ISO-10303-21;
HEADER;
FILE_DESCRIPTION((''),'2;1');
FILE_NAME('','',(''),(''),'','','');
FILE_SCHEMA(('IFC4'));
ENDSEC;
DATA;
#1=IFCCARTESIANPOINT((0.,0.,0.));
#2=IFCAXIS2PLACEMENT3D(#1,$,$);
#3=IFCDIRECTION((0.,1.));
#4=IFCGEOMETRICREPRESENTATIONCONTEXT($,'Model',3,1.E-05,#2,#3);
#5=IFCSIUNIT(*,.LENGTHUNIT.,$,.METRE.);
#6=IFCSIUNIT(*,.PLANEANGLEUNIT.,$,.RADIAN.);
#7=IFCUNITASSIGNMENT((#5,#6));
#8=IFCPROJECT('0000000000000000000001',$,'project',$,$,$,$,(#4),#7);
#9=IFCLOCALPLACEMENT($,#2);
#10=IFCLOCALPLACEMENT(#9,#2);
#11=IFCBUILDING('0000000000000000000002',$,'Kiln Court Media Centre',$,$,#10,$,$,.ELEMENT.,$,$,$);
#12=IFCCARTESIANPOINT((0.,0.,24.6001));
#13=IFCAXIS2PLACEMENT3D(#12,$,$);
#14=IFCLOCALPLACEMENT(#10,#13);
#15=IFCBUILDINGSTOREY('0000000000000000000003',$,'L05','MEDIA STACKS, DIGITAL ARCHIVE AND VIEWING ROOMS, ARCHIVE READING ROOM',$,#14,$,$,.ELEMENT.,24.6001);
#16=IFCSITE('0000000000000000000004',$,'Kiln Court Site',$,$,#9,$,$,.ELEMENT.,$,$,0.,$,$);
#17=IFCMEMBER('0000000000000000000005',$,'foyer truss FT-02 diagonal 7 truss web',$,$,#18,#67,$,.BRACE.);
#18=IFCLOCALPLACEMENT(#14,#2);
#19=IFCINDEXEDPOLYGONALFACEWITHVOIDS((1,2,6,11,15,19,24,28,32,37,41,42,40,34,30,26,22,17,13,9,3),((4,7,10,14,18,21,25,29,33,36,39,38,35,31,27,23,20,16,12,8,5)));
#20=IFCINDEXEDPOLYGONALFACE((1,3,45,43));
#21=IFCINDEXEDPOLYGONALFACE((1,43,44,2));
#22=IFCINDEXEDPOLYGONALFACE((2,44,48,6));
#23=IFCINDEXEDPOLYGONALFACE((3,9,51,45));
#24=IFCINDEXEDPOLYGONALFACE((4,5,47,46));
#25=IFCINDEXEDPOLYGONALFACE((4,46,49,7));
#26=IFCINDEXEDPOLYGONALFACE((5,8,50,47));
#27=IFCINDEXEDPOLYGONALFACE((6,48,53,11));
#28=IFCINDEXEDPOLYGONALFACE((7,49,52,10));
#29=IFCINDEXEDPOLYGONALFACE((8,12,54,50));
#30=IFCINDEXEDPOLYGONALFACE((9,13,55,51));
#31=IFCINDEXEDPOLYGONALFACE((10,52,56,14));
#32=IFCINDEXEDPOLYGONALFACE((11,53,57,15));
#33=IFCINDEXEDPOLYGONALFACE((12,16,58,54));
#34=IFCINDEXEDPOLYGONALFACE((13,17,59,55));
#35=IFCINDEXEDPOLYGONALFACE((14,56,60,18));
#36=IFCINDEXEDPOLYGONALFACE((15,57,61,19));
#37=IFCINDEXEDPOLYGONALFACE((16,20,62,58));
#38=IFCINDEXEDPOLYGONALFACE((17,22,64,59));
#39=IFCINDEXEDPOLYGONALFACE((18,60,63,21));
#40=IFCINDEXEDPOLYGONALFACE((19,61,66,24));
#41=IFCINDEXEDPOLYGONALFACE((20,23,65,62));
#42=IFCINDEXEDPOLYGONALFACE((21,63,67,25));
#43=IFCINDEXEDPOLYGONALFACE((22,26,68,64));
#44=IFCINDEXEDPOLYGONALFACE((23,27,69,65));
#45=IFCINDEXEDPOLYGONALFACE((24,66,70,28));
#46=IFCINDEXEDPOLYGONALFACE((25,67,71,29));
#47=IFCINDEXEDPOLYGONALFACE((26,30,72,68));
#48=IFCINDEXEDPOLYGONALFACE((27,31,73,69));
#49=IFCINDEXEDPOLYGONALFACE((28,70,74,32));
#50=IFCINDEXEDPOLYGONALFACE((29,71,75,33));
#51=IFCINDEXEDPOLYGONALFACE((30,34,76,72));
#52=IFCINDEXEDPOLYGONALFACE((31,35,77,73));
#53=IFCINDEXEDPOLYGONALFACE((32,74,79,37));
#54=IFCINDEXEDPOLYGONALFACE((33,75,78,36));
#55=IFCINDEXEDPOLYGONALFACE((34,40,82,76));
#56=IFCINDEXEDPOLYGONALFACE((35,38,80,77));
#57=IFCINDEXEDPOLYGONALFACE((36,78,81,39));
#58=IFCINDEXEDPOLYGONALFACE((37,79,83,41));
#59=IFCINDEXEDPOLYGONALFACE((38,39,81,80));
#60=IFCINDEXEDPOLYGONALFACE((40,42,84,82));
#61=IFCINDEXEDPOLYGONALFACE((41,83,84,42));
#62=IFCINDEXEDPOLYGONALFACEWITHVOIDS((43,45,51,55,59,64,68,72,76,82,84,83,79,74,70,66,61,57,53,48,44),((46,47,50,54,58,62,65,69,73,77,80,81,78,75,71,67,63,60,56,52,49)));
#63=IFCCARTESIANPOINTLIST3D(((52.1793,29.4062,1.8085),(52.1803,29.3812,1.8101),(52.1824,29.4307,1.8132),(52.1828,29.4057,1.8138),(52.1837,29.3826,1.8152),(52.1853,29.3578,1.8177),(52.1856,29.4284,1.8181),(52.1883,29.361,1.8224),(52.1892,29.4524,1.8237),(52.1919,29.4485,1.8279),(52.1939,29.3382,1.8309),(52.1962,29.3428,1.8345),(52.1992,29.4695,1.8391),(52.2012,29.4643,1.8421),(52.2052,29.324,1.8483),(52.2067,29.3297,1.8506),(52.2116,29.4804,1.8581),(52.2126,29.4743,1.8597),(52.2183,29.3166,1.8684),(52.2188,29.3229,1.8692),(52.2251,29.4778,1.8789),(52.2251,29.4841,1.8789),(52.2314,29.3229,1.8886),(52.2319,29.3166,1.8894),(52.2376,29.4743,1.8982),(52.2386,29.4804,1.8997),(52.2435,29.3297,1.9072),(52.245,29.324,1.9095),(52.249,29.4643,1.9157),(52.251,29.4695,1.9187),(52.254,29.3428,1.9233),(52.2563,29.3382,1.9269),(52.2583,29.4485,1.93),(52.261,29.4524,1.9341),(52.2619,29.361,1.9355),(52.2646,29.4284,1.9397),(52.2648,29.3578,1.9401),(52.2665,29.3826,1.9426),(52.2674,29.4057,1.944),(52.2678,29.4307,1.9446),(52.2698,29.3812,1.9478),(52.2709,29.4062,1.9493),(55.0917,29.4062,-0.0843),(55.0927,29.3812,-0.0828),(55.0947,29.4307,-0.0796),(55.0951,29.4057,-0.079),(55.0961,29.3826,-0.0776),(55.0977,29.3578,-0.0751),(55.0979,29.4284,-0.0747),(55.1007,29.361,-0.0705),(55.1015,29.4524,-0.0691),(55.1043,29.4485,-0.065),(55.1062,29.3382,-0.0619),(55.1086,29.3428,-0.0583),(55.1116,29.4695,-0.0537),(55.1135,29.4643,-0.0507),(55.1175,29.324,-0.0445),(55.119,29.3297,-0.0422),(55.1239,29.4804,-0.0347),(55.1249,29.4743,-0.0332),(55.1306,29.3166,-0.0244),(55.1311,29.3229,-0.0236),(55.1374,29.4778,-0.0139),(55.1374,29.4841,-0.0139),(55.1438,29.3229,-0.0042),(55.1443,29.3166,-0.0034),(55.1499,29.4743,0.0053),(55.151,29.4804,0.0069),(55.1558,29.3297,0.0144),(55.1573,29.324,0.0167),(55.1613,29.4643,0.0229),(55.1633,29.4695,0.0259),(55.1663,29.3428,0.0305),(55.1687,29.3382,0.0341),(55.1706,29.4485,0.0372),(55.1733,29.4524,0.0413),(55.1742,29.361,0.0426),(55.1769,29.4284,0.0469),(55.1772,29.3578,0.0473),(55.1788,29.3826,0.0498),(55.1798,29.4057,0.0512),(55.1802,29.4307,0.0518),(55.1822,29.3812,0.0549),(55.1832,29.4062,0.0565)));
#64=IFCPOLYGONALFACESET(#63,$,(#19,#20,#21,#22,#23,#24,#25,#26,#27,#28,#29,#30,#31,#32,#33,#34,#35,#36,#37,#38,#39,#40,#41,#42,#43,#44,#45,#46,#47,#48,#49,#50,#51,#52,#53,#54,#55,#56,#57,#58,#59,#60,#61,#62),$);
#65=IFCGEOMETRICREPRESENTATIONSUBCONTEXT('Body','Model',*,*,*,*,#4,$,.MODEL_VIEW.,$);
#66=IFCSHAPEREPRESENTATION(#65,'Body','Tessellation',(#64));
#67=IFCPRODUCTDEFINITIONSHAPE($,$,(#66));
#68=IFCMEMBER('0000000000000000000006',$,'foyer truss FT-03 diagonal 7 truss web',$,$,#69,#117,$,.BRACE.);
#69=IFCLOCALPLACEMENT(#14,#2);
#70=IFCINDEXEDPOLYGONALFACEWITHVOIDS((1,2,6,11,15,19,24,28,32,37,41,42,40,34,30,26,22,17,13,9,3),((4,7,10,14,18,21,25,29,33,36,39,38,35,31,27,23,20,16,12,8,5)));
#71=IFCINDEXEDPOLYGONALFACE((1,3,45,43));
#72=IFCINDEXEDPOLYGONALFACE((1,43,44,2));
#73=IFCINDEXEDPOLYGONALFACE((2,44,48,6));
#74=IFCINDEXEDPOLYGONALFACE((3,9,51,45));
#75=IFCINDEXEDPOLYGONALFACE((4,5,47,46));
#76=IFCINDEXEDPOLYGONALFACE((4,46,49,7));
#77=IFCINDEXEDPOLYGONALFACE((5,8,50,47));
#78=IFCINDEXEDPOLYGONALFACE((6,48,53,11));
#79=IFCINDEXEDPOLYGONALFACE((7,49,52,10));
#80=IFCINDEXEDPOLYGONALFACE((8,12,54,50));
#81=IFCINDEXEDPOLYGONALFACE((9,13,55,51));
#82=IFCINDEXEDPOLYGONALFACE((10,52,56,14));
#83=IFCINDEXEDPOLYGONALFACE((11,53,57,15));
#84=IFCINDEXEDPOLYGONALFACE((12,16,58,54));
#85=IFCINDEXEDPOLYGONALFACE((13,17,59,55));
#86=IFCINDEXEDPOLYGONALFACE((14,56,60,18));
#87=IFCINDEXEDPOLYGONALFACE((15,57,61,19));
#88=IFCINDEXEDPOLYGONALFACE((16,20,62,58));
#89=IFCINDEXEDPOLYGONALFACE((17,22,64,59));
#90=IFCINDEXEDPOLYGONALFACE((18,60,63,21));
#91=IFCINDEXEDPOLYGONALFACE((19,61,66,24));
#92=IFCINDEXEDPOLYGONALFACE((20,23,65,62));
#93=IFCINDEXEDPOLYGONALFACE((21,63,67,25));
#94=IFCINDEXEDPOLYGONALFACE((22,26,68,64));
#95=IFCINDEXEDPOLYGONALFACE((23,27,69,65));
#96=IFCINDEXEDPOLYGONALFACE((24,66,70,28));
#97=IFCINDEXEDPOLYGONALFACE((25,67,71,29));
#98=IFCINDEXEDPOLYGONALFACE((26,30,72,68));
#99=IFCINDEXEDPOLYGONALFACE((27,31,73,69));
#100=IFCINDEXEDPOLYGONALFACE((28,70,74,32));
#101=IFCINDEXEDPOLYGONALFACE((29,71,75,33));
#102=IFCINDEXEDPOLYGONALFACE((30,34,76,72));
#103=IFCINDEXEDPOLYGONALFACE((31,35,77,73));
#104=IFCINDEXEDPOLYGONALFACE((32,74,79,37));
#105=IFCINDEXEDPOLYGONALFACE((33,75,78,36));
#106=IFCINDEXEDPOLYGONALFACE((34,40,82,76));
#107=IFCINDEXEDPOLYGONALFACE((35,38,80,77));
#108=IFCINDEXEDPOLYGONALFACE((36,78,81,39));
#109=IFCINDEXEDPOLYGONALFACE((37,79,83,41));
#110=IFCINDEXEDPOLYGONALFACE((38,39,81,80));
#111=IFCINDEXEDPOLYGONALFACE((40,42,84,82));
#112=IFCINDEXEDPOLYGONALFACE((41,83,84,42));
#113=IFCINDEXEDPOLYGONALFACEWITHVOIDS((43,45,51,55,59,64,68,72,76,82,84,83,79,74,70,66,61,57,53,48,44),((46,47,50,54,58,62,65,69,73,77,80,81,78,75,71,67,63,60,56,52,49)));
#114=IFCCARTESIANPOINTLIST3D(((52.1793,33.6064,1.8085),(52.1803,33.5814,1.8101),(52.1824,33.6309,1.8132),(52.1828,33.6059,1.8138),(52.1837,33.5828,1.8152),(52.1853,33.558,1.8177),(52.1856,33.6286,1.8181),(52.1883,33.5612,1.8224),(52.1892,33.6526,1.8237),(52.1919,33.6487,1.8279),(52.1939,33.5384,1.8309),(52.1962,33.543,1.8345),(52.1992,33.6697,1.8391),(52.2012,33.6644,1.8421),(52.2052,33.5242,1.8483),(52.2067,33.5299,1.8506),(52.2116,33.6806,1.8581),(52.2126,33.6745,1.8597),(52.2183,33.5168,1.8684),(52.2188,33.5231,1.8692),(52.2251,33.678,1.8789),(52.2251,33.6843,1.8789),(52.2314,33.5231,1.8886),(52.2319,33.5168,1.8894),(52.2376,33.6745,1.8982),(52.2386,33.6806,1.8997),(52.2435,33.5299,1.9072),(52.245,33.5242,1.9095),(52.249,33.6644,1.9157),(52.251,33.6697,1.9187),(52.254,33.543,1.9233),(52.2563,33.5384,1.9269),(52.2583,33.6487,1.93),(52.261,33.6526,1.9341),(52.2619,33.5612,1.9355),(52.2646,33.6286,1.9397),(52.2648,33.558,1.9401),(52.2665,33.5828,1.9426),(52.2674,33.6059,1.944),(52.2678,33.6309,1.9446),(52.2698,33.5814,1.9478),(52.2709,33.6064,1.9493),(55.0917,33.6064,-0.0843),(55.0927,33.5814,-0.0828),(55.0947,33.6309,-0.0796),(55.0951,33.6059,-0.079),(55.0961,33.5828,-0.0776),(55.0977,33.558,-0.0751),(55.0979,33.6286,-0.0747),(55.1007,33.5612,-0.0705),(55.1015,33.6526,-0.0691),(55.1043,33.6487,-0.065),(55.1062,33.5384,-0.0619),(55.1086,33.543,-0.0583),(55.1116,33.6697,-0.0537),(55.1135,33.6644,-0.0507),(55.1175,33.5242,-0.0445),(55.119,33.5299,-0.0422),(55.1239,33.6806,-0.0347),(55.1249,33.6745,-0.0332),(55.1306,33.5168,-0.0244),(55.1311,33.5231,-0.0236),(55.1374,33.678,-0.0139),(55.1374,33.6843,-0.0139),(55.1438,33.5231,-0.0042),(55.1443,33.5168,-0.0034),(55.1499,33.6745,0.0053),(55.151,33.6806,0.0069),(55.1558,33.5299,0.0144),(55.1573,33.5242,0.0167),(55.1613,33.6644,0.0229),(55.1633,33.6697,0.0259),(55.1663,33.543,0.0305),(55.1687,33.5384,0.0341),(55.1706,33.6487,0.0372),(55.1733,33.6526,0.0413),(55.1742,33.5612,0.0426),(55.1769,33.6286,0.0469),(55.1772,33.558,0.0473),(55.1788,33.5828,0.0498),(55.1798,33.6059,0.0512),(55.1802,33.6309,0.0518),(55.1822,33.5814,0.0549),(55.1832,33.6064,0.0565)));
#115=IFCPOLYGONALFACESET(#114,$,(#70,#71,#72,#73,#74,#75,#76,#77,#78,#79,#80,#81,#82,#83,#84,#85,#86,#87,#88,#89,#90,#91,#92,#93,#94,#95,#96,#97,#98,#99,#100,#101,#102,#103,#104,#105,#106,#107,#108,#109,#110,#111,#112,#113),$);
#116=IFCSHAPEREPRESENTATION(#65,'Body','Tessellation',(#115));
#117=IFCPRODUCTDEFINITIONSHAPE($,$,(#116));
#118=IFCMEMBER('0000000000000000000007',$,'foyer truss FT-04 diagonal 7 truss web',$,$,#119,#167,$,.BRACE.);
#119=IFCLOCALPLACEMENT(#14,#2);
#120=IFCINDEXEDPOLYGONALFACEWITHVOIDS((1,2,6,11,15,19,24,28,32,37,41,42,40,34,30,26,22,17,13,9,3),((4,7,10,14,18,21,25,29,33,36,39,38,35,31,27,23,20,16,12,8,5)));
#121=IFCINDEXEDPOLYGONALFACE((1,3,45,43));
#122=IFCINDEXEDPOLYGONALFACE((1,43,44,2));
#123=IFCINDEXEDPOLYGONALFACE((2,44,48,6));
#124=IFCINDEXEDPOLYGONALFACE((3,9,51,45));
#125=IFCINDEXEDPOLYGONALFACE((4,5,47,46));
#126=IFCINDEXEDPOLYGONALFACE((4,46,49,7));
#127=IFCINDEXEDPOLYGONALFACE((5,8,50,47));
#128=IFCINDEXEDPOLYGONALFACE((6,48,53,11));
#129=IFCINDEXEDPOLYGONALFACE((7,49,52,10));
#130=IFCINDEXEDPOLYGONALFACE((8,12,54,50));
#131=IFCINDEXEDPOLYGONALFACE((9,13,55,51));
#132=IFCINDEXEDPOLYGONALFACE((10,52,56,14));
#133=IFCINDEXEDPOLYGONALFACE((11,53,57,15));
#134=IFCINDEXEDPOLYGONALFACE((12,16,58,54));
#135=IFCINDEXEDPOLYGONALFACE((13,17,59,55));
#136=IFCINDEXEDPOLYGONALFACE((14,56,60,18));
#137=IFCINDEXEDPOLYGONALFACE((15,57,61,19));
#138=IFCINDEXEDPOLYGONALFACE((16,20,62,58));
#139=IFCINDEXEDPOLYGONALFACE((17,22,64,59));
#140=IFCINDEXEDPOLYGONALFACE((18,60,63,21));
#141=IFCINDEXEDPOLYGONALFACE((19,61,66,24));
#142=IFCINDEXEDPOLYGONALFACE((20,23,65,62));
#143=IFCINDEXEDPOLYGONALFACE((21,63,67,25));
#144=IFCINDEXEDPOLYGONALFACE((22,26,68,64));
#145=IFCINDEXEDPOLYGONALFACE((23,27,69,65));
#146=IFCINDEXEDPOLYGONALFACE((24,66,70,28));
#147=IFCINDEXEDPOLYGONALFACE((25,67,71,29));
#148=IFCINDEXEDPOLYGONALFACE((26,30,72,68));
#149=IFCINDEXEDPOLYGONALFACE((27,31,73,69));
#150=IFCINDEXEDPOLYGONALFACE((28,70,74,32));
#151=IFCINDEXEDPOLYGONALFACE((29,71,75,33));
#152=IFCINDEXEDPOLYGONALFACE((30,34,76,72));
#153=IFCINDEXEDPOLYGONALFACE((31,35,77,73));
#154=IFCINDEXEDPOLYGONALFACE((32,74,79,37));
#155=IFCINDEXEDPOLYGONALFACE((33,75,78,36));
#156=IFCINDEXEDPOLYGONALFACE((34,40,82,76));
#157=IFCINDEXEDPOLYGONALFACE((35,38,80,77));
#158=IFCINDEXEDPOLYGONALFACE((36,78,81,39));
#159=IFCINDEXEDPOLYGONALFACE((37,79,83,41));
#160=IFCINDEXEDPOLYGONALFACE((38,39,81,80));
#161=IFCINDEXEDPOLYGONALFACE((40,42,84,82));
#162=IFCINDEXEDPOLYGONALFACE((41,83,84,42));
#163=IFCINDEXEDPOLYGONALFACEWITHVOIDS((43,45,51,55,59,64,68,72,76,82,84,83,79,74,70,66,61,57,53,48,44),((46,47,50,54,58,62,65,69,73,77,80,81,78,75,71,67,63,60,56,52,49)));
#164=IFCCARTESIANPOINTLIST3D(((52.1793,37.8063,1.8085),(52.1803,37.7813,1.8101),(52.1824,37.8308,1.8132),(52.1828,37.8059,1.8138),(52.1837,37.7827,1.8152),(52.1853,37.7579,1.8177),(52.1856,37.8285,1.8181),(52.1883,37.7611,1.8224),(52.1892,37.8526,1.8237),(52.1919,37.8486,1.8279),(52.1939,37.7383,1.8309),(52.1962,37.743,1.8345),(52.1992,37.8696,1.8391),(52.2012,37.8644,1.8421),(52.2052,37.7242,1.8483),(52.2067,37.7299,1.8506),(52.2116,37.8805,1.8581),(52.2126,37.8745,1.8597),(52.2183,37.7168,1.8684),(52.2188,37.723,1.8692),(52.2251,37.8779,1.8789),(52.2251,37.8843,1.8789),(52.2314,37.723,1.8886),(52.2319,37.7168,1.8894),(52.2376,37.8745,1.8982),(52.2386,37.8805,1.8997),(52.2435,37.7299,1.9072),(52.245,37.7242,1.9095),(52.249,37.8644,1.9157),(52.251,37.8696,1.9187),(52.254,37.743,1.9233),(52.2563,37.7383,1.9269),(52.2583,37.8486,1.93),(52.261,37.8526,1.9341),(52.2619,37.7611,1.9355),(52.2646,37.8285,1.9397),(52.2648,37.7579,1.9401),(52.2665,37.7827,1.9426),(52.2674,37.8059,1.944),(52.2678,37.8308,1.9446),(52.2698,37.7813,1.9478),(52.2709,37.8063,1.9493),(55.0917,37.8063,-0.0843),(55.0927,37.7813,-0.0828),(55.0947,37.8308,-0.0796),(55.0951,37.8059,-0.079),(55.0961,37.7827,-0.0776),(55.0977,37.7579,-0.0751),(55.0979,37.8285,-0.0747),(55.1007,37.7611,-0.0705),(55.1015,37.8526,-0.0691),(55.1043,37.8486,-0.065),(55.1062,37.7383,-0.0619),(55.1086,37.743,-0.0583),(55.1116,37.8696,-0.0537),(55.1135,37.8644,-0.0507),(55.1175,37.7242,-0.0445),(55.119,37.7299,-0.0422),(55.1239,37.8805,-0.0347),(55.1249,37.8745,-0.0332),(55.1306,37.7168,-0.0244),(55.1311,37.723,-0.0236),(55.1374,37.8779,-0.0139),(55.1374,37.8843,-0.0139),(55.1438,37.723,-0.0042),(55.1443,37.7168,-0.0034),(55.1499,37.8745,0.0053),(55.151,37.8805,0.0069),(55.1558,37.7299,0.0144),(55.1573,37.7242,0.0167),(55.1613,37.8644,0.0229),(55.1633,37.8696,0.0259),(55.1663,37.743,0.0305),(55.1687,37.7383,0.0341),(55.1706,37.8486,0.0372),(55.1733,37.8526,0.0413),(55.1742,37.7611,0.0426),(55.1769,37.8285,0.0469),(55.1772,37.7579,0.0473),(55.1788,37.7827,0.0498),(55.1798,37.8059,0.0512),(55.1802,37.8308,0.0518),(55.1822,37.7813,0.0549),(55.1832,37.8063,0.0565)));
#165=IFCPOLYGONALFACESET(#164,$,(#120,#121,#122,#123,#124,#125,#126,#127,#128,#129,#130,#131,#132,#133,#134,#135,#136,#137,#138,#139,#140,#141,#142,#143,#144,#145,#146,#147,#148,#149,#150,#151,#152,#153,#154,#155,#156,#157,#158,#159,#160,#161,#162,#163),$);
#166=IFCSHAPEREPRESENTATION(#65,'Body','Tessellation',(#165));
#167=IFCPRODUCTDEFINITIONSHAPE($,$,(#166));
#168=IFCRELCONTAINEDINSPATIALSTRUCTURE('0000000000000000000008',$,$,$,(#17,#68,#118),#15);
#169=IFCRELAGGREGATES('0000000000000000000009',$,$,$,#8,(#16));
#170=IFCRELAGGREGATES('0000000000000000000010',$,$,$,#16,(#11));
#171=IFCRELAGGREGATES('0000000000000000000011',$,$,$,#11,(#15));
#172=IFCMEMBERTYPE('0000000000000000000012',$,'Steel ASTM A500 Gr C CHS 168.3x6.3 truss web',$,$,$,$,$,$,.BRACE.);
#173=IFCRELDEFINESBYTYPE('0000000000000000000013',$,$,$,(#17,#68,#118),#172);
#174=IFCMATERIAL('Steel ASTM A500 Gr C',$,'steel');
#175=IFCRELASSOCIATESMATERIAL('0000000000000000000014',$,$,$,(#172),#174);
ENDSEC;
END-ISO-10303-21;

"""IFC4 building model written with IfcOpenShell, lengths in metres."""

from ifc_helpers import new_model, si_unit, direction, frame, origin, origin_2d, place, context, subcontext, project, spatial, hollow_circle, extrude, material, material_profile, profile_set, type_object, element, save


model = new_model("IFC4")

# Units and contexts
model_context = context("Model", 3, precision=1e-05, world=origin(), true_north=direction((0.0, 1.0)))
body_context = subcontext(model_context, "Body", "Model", "MODEL_VIEW")
ifc_project = project(units=[si_unit("LENGTHUNIT", "METRE"), si_unit("PLANEANGLEUNIT", "RADIAN")], contexts=[model_context])

# Site, building, storey
site_placement = place(None, origin())
site = spatial("IfcSite", under=ifc_project, at=site_placement, Name="Kiln Court Site", CompositionType="ELEMENT", RefElevation=0.0)
building_placement = place(site_placement, origin())
building = spatial("IfcBuilding", under=site, at=building_placement, Name="Kiln Court Media Centre", CompositionType="ELEMENT")
storey_placement = place(building_placement, frame((0.0, 0.0, 24.6001)))
storey = spatial("IfcBuildingStorey", under=building, at=storey_placement, Name="L05", Description="MEDIA STACKS, DIGITAL ARCHIVE AND VIEWING ROOMS, ARCHIVE READING ROOM", CompositionType="ELEMENT", Elevation=24.6001)

# Members
ifc_material_1 = material(Name="Steel ASTM A500 Gr C", Category="steel")
ifc_material_profile_1 = material_profile(ifc_material_1, hollow_circle(Radius=0.0842, WallThickness=0.0063, at=origin_2d()), Name="CHS 168.3x6.3")
ifc_profile_set_1 = profile_set([ifc_material_profile_1], Name="Steel ASTM A500 Gr C")
member_type_1 = type_object("IfcMemberType", Name="Steel ASTM A500 Gr C CHS 168.3x6.3 truss web", PredefinedType="BRACE", material=ifc_profile_set_1)
for number, where, z_axis, x_axis, name in (
    (1, (52.2251, 29.3999, 1.8789), (0.838471, 0.0, -0.544946), (0.0, 1.0, 0.0), "foyer truss FT-02 diagonal 7 truss web"),
    (2, (52.2251, 33.6001, 1.8789), (0.838471, 0.0, -0.544946), (0.0, 1.0, 0.0), "foyer truss FT-03 diagonal 7 truss web"),
    (3, (52.2251, 37.8, 1.8789), (0.838471, 0.0, -0.544946), (0.0, 1.0, 0.0), "foyer truss FT-04 diagonal 7 truss web"),
):
    element("IfcMember", number, at=place(storey_placement, frame(where, z_axis=z_axis, x_axis=x_axis)), inside=storey, type_object=member_type_1, Name=name, PredefinedType="BRACE", context=body_context, shape_type="SweptSolid", body=[
        extrude(hollow_circle(Radius=0.0842, WallThickness=0.0063, at=origin_2d()), origin(), (0.0, 0.0, 1.0), 3.4734),
    ])

save(model, "model.ifc")
